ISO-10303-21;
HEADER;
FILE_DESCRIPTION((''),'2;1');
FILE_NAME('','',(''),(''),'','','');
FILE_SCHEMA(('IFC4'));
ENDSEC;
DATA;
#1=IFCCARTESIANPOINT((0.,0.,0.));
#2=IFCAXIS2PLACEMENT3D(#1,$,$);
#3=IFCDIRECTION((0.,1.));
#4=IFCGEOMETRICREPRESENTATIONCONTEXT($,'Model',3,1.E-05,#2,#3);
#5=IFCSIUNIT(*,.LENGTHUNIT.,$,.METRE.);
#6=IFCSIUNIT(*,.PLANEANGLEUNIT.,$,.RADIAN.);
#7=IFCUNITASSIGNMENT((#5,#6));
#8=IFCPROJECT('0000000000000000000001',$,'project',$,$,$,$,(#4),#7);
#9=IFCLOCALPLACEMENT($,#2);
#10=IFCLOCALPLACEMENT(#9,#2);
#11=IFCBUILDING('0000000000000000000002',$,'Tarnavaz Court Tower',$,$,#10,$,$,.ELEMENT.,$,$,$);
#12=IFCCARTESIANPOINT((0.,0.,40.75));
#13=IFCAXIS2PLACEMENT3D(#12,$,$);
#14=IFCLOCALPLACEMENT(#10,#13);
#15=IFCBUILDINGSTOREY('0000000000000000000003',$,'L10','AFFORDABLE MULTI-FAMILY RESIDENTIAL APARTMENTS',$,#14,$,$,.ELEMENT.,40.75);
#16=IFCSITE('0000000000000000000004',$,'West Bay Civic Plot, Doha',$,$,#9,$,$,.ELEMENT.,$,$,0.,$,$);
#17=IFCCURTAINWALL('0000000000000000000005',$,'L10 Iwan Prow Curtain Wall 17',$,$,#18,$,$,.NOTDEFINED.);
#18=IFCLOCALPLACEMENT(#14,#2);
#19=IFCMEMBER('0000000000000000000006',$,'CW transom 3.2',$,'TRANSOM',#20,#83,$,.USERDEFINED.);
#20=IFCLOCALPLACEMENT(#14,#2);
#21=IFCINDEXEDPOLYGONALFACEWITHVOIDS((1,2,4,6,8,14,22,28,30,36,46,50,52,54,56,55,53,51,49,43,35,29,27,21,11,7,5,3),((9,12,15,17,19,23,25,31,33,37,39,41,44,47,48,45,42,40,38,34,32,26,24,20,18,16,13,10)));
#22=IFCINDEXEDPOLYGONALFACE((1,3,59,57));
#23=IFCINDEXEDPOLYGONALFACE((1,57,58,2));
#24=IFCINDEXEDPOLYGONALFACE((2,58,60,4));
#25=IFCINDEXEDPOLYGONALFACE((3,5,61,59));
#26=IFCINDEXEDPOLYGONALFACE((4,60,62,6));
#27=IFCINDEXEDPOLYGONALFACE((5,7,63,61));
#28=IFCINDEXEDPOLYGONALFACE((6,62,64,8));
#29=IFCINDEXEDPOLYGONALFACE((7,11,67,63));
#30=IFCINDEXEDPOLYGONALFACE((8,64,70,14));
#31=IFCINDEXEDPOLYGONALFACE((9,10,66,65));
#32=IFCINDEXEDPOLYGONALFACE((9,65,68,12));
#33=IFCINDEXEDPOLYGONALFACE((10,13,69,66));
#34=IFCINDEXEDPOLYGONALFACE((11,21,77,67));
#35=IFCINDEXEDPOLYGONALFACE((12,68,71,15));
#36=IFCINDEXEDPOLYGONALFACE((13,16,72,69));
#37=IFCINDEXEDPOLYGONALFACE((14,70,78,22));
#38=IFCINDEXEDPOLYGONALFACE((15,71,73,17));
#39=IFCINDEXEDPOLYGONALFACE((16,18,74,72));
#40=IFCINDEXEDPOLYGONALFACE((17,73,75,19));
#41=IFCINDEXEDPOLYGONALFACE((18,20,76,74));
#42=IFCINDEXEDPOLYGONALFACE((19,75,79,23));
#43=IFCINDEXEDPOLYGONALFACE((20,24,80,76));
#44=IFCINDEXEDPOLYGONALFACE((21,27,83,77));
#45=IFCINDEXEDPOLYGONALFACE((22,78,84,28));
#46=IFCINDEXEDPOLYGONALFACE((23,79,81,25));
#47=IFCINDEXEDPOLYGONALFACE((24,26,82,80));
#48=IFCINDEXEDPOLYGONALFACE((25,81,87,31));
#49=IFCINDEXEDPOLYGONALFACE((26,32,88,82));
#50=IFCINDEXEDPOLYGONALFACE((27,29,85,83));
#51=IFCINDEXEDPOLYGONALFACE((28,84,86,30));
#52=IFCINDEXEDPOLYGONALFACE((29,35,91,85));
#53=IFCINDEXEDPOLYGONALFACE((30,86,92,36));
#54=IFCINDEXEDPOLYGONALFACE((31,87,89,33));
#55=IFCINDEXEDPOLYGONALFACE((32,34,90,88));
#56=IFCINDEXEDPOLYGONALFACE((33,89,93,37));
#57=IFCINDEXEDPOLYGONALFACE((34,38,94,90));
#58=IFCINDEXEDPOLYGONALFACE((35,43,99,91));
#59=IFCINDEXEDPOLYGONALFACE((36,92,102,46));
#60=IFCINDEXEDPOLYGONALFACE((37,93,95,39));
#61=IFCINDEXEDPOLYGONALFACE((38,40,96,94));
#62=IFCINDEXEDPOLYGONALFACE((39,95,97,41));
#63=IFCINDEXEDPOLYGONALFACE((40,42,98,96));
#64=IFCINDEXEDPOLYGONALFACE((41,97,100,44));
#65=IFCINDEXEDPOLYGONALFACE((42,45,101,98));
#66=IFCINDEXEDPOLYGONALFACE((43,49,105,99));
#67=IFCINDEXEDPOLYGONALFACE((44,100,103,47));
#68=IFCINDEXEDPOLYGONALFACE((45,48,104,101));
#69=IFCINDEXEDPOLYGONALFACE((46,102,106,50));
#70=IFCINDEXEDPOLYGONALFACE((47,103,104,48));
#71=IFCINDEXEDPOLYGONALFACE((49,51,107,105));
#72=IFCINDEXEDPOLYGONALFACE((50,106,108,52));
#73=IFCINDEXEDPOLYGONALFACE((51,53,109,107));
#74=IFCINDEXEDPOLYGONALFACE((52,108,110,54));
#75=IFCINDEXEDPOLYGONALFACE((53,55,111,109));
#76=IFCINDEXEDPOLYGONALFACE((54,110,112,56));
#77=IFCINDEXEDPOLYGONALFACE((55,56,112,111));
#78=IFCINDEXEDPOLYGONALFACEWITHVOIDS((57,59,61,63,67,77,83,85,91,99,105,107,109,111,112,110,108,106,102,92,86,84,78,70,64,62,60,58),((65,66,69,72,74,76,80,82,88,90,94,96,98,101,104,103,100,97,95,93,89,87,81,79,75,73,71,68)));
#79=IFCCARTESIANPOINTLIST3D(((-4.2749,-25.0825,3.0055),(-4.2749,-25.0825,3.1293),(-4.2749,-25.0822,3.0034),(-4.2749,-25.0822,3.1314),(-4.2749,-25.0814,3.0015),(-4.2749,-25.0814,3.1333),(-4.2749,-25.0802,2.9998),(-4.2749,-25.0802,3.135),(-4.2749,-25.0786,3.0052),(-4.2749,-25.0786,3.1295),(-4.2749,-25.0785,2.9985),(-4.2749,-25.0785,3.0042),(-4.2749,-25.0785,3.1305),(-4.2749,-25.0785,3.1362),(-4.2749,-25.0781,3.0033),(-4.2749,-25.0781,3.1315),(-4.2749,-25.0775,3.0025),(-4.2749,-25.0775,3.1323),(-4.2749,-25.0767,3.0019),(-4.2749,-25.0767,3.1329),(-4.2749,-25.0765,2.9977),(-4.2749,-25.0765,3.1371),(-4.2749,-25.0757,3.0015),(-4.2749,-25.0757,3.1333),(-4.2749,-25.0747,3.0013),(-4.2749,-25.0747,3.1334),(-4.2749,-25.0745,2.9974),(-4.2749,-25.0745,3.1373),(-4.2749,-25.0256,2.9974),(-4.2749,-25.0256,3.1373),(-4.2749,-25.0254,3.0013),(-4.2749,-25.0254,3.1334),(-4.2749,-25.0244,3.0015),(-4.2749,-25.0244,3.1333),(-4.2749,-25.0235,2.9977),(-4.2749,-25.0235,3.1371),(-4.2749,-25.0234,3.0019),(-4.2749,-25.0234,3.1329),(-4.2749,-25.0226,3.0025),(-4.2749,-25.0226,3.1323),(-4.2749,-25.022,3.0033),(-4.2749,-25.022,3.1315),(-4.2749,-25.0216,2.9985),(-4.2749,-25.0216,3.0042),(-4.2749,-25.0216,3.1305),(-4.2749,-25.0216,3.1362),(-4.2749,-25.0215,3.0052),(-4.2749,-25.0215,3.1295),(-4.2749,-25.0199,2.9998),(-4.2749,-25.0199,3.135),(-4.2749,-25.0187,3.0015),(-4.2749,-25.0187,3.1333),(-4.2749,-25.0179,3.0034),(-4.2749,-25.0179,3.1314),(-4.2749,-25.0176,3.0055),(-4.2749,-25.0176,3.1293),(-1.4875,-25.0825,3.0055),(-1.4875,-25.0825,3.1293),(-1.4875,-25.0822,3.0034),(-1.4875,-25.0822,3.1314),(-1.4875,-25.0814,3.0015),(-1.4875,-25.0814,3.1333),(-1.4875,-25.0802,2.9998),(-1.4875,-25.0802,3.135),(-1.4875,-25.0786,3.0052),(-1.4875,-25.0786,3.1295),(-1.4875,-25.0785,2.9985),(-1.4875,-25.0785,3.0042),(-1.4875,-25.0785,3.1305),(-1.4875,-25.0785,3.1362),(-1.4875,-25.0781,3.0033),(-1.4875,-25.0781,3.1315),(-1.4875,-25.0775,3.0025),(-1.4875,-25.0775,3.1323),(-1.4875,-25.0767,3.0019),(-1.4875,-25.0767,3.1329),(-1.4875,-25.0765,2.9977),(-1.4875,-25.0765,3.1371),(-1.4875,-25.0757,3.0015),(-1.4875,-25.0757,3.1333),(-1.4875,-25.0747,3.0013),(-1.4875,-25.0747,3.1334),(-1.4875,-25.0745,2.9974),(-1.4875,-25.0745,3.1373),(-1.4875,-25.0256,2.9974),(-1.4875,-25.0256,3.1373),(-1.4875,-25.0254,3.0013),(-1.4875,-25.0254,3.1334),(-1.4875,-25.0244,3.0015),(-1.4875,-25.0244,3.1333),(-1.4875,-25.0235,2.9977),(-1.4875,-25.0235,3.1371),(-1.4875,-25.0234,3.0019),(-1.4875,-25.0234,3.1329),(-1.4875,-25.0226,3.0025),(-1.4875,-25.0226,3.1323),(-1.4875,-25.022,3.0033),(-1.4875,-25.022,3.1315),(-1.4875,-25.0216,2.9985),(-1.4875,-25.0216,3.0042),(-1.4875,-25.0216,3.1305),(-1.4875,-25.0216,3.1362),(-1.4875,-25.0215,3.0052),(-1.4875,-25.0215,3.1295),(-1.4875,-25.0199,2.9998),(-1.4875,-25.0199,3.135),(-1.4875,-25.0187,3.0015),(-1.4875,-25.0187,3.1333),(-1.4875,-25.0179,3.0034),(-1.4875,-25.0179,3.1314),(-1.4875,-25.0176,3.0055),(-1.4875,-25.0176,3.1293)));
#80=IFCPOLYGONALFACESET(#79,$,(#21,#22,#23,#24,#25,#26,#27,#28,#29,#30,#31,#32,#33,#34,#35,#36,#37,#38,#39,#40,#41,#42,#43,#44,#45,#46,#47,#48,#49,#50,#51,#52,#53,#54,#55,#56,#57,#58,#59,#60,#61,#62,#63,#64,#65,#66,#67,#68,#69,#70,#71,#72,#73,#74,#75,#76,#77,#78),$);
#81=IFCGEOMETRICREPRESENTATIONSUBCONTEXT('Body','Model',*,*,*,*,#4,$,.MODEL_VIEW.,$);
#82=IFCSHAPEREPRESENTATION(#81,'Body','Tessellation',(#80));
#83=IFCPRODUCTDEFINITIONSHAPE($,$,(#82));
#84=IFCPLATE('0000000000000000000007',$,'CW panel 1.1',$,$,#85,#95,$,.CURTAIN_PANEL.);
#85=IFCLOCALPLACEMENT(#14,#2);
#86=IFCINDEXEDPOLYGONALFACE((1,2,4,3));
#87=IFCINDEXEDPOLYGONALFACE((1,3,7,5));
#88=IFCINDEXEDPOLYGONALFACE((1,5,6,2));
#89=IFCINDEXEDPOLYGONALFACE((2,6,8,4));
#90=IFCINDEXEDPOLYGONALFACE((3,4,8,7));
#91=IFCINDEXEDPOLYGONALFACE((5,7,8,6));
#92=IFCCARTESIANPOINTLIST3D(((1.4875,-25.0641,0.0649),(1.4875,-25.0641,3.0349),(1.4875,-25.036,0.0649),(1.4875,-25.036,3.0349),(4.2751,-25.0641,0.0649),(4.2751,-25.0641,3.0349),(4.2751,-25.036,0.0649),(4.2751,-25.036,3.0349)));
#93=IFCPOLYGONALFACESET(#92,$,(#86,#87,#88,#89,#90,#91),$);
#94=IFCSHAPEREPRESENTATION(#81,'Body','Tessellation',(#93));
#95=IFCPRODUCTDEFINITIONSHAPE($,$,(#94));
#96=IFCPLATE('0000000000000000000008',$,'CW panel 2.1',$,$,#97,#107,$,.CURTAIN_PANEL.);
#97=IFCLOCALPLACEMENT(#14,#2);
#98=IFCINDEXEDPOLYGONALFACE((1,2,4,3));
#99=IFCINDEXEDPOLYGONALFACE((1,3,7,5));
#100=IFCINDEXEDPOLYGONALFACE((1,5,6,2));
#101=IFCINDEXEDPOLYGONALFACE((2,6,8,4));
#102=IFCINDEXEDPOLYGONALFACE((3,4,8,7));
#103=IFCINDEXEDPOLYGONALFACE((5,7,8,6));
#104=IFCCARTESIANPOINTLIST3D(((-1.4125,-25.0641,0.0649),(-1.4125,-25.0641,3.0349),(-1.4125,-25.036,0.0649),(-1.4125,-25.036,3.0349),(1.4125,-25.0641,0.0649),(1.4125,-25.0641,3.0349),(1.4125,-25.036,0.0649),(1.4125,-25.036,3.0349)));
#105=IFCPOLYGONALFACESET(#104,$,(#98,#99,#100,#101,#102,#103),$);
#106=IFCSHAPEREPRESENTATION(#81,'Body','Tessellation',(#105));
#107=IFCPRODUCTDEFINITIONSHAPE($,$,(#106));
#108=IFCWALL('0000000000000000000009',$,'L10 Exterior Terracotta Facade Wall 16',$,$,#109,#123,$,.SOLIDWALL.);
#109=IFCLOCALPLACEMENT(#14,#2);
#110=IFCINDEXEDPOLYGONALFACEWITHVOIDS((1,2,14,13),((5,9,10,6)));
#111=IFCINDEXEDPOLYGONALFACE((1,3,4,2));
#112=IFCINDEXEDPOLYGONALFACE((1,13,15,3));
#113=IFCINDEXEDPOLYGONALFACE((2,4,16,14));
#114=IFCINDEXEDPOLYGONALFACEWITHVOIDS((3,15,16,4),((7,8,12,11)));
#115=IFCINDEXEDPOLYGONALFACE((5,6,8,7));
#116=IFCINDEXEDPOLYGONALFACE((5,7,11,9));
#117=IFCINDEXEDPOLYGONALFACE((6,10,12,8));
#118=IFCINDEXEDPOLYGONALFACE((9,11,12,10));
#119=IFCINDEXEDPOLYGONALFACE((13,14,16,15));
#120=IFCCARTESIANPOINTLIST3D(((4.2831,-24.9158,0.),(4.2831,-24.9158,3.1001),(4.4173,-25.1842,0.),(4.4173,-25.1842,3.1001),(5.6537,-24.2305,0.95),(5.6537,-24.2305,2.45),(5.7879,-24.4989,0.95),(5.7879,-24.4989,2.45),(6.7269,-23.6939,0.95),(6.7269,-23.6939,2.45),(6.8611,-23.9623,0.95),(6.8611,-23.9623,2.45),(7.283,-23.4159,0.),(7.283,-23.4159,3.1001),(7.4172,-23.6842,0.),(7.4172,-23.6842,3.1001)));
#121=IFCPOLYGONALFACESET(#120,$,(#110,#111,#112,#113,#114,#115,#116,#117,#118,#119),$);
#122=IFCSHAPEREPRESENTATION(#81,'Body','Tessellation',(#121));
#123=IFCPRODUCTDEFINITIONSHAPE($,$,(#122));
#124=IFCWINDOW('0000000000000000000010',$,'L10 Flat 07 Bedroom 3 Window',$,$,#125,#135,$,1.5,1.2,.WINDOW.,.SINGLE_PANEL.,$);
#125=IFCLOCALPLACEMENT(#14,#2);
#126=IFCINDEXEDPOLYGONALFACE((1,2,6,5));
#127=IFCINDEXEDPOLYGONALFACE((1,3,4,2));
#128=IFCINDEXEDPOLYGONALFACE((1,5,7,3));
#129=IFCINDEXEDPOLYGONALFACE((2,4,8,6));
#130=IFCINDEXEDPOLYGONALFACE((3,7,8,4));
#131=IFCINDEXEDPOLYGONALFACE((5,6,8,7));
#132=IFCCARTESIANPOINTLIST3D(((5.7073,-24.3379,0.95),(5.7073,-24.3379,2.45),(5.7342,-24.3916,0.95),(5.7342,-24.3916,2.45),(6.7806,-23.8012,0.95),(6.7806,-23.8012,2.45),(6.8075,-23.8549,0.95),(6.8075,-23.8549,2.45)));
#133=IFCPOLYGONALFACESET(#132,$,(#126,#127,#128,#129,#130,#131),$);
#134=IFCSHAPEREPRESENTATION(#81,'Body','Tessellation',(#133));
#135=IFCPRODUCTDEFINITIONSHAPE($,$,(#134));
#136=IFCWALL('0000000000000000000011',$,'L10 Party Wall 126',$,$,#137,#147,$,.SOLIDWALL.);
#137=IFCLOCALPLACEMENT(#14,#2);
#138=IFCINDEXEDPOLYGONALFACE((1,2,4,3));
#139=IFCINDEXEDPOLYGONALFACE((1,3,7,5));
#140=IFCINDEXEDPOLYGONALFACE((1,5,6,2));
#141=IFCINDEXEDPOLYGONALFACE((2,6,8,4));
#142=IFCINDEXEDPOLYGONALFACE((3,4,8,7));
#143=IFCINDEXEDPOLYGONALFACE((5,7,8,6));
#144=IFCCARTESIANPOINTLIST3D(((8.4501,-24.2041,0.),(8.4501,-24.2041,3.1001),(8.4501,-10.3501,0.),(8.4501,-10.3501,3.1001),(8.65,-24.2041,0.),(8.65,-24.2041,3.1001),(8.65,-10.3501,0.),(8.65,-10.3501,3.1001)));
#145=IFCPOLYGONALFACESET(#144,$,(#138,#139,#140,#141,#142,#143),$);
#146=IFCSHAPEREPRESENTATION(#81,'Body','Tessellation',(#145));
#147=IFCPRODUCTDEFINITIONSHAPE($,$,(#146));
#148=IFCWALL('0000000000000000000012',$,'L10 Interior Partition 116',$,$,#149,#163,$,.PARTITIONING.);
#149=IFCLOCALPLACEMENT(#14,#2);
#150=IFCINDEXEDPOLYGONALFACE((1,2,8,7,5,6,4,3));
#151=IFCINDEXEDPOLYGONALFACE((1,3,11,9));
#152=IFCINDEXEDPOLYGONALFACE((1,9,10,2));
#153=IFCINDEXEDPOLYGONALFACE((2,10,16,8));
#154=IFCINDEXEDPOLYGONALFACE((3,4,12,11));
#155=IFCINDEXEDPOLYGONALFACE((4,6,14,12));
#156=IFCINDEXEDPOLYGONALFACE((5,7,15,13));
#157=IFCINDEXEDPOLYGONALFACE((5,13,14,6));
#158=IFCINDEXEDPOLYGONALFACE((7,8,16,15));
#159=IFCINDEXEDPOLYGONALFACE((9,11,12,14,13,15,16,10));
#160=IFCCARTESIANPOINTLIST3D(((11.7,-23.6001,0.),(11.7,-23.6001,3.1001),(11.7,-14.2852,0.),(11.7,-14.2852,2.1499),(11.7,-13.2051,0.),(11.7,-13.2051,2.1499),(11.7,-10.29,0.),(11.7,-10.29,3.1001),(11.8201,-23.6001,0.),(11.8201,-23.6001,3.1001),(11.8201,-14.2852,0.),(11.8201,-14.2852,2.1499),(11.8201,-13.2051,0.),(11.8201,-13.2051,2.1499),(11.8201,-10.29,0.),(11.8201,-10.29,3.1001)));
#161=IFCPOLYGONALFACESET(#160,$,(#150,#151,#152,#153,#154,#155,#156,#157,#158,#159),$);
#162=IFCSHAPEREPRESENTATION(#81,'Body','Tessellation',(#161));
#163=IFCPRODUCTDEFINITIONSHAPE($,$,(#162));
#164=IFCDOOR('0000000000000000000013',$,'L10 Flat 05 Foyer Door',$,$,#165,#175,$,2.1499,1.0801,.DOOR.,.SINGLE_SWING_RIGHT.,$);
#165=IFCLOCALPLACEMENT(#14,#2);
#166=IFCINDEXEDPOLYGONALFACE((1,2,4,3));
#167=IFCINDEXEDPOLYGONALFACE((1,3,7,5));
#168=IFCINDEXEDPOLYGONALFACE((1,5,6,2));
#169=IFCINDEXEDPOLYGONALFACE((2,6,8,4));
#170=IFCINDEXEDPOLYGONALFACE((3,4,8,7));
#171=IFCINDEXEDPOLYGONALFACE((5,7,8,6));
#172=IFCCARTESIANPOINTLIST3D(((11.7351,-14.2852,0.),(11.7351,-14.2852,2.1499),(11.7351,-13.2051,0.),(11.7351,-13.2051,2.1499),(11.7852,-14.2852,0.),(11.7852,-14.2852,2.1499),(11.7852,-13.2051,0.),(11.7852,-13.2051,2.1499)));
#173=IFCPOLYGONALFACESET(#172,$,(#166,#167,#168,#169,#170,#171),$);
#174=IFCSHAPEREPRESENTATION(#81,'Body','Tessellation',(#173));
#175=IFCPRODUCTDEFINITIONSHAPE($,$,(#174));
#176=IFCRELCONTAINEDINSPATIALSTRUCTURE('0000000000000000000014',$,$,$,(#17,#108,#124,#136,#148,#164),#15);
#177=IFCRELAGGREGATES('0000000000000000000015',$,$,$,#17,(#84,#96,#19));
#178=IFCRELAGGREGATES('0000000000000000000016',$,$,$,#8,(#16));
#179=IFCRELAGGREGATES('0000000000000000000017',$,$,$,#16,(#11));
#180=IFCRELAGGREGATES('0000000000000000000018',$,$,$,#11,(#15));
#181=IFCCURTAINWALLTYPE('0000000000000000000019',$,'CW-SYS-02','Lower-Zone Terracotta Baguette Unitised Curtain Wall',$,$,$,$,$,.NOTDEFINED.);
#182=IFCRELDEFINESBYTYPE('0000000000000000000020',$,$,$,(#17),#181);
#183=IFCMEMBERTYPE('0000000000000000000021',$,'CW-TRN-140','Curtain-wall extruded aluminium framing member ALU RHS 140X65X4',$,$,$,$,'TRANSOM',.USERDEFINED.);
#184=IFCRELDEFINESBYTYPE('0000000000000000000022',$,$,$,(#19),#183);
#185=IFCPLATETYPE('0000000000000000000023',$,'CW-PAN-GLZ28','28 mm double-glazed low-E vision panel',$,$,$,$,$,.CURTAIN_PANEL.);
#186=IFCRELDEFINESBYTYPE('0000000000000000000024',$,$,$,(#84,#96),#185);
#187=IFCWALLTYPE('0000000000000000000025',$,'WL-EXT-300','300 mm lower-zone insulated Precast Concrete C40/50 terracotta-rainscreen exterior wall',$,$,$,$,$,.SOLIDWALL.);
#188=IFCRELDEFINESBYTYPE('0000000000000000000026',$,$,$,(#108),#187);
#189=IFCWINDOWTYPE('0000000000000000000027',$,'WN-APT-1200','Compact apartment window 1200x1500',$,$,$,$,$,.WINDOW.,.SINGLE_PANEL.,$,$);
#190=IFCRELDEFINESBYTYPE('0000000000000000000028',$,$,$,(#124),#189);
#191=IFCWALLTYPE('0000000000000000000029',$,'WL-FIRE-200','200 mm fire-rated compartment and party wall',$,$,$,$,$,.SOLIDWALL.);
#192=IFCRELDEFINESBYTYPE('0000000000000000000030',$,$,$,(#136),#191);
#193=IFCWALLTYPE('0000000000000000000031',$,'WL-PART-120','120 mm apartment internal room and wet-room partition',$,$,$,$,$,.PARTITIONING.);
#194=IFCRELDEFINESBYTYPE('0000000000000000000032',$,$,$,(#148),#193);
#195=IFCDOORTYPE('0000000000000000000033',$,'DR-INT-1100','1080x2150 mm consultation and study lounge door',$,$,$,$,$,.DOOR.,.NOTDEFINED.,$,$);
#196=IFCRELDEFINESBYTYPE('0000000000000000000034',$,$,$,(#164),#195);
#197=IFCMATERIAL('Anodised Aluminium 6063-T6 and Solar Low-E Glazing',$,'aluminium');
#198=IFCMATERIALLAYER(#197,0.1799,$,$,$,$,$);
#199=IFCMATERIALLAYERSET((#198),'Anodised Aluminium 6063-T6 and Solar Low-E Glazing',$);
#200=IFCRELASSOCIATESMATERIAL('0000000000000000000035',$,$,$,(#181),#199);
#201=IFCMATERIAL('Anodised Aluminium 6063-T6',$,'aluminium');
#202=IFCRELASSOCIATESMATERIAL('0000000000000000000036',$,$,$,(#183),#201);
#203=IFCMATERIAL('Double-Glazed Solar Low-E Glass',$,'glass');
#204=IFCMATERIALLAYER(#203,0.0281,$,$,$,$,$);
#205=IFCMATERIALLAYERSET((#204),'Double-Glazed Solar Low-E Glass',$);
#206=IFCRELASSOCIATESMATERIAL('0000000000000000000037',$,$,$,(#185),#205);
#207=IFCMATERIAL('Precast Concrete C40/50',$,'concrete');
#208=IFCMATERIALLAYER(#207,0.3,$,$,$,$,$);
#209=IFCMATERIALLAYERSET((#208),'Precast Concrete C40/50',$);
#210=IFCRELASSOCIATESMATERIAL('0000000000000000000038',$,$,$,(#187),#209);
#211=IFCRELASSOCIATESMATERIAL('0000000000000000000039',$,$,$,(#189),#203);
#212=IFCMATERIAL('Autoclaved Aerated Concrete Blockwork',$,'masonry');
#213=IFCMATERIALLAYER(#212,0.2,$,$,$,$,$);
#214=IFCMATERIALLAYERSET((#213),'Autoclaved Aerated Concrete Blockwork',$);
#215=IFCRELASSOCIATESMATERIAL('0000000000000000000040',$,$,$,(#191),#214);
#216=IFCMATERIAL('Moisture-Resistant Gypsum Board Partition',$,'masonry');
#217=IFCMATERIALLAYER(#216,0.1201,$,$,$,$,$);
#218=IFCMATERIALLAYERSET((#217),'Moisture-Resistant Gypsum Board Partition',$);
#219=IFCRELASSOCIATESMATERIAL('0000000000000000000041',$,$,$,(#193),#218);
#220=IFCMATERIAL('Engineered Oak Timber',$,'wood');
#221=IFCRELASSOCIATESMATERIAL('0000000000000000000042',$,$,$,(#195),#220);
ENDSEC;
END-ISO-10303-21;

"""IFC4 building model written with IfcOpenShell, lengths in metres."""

from ifc_helpers import new_model, si_unit, direction, frame, frame_2d, origin, origin_2d, place, context, subcontext, project, spatial, rectangle, hollow_rectangle, extrude, material, layer, layer_set, material_profile, profile_set, type_object, element, fill, aggregate, save


model = new_model("IFC4")

# Units and contexts
model_context = context("Model", 3, precision=1e-05, world=origin(), true_north=direction((0.0, 1.0)))
body_context = subcontext(model_context, "Body", "Model", "MODEL_VIEW")
ifc_project = project(units=[si_unit("LENGTHUNIT", "METRE"), si_unit("PLANEANGLEUNIT", "RADIAN")], contexts=[model_context])

# Site, building, storey
site_placement = place(None, origin())
site = spatial("IfcSite", under=ifc_project, at=site_placement, Name="West Bay Civic Plot, Doha", CompositionType="ELEMENT", RefElevation=0.0)
building_placement = place(site_placement, origin())
building = spatial("IfcBuilding", under=site, at=building_placement, Name="Tarnavaz Court Tower", CompositionType="ELEMENT")
storey_placement = place(building_placement, frame((0.0, 0.0, 40.75)))
storey = spatial("IfcBuildingStorey", under=building, at=storey_placement, Name="L10", Description="AFFORDABLE MULTI-FAMILY RESIDENTIAL APARTMENTS", CompositionType="ELEMENT", Elevation=40.75)

# Curtain wall, member, plates
ifc_material_1 = material(Name="Anodised Aluminium 6063-T6 and Solar Low-E Glazing", Category="aluminium")
ifc_layer_1 = layer(ifc_material_1, 0.1799)
ifc_layer_set_1 = layer_set([ifc_layer_1], Name="Anodised Aluminium 6063-T6 and Solar Low-E Glazing")
curtain_wall_type = type_object("IfcCurtainWallType", Name="CW-SYS-02", Description="Lower-Zone Terracotta Baguette Unitised Curtain Wall", PredefinedType="NOTDEFINED", material=ifc_layer_set_1)
curtain_wall_placement = place(storey_placement, origin())
curtain_wall = element("IfcCurtainWall", 1, at=curtain_wall_placement, inside=storey, type_object=curtain_wall_type, Name="L10 Iwan Prow Curtain Wall 17", PredefinedType="NOTDEFINED")
ifc_material_2 = material(Name="Anodised Aluminium 6063-T6", Category="aluminium")
ifc_material_profile_1 = material_profile(ifc_material_2, hollow_rectangle(XDim=0.0649, YDim=0.1399, WallThickness=0.0039, InnerFilletRadius=0.0039, OuterFilletRadius=0.0081, at=origin_2d()), Name="ALU RHS 140X65X4")
ifc_profile_set_1 = profile_set([ifc_material_profile_1], Name="Anodised Aluminium 6063-T6")
member_type_1 = type_object("IfcMemberType", Name="CW-TRN-140", Description="Curtain-wall extruded aluminium framing member ALU RHS 140X65X4", ElementType="TRANSOM", PredefinedType="USERDEFINED", material=ifc_profile_set_1)
member_1_placement = place(storey_placement, frame((-1.4875, -25.05, 3.0674), z_axis=(-1.0, 0.0, 0.0), x_axis=(0.0, -1.0, 0.0)))
member_1 = element("IfcMember", 2, at=member_1_placement, type_object=member_type_1, Name="CW transom 3.2", ObjectType="TRANSOM", PredefinedType="USERDEFINED", context=body_context, shape_type="SweptSolid", body=[
    extrude(hollow_rectangle(XDim=0.0649, YDim=0.1399, WallThickness=0.0039, InnerFilletRadius=0.0039, OuterFilletRadius=0.0081, at=origin_2d()), origin(), (0.0, 0.0, 1.0), 2.7874),
])
ifc_material_3 = material(Name="Double-Glazed Solar Low-E Glass", Category="glass")
ifc_layer_2 = layer(ifc_material_3, 0.0281)
ifc_layer_set_2 = layer_set([ifc_layer_2], Name="Double-Glazed Solar Low-E Glass")
plate_type = type_object("IfcPlateType", Name="CW-PAN-GLZ28", Description="28 mm double-glazed low-E vision panel", PredefinedType="CURTAIN_PANEL", material=ifc_layer_set_2)
plate_1_placement = place(storey_placement, frame((2.8813, -25.05, 0.0649), z_axis=(0.0, 0.0, 1.0), x_axis=(-1.0, 0.0, 0.0)))
plate_1 = element("IfcPlate", 3, at=plate_1_placement, type_object=plate_type, Name="CW panel 1.1", PredefinedType="CURTAIN_PANEL", context=body_context, shape_type="SweptSolid", body=[
    extrude(rectangle(XDim=2.7876, YDim=0.0281, at=origin_2d()), origin(), (0.0, 0.0, 1.0), 2.97),
])
plate_2_placement = place(storey_placement, frame((0.0, -25.05, 0.0649), z_axis=(0.0, 0.0, 1.0), x_axis=(-1.0, 0.0, 0.0)))
plate_2 = element("IfcPlate", 4, at=plate_2_placement, type_object=plate_type, Name="CW panel 2.1", PredefinedType="CURTAIN_PANEL", context=body_context, shape_type="SweptSolid", body=[
    extrude(rectangle(XDim=2.825, YDim=0.0281, at=origin_2d()), origin(), (0.0, 0.0, 1.0), 2.97),
])
aggregate(curtain_wall, [plate_1, plate_2, member_1])

# Wall, opening, window
ifc_material_4 = material(Name="Precast Concrete C40/50", Category="concrete")
ifc_layer_3 = layer(ifc_material_4, 0.3)
ifc_layer_set_3 = layer_set([ifc_layer_3], Name="Precast Concrete C40/50")
wall_type_1 = type_object("IfcWallType", Name="WL-EXT-300", Description="300 mm lower-zone insulated Precast Concrete C40/50 terracotta-rainscreen exterior wall", PredefinedType="SOLIDWALL", material=ifc_layer_set_3)
wall_1_placement = place(storey_placement, frame((7.3501, -23.55, 0.0), z_axis=(0.0, 0.0, 1.0), x_axis=(-0.894427, -0.447214, 0.0)))
wall_1 = element("IfcWall", 5, at=wall_1_placement, inside=storey, type_object=wall_type_1, Name="L10 Exterior Terracotta Facade Wall 16", PredefinedType="SOLIDWALL", context=body_context, shape_type="SweptSolid", body=[
    extrude(rectangle(XDim=3.354, YDim=0.3, at=frame_2d((1.677, 0.0))), origin(), (0.0, 0.0, 1.0), 3.1001),
])
opening_1_placement = place(wall_1_placement, frame((0.6216, 0.0, 0.95)))
opening_1 = element("IfcOpeningElement", 6, at=opening_1_placement, cuts=wall_1, PredefinedType="OPENING", context=body_context, shape_type="SweptSolid", body=[
    extrude(rectangle(XDim=1.2, YDim=1.5, at=frame_2d((0.6001, 0.75))), frame((0.0, 0.1599, 0.0), z_axis=(0.0, -1.0, 0.0), x_axis=(1.0, 0.0, 0.0)), (0.0, 0.0, 1.0), 0.3201),
])
window_type = type_object("IfcWindowType", Name="WN-APT-1200", Description="Compact apartment window 1200x1500", PartitioningType="SINGLE_PANEL", PredefinedType="WINDOW", material=ifc_material_3)
window_placement = place(opening_1_placement, origin())
window = element("IfcWindow", 7, at=window_placement, inside=storey, type_object=window_type, Name="L10 Flat 07 Bedroom 3 Window", OverallHeight=1.5, OverallWidth=1.2, PartitioningType="SINGLE_PANEL", PredefinedType="WINDOW", context=body_context, shape_type="SweptSolid", body=[
    extrude(rectangle(XDim=1.2, YDim=1.5, at=frame_2d((0.6001, 0.75))), frame((0.0, 0.03, 0.0), z_axis=(0.0, -1.0, 0.0), x_axis=(1.0, 0.0, 0.0)), (0.0, 0.0, 1.0), 0.0601),
])
fill(opening_1, window)

# Wall
ifc_material_5 = material(Name="Autoclaved Aerated Concrete Blockwork", Category="masonry")
ifc_layer_4 = layer(ifc_material_5, 0.2)
ifc_layer_set_4 = layer_set([ifc_layer_4], Name="Autoclaved Aerated Concrete Blockwork")
wall_type_2 = type_object("IfcWallType", Name="WL-FIRE-200", Description="200 mm fire-rated compartment and party wall", PredefinedType="SOLIDWALL", material=ifc_layer_set_4)
wall_2_placement = place(storey_placement, frame((8.55, -24.2041, 0.0), z_axis=(0.0, 0.0, 1.0), x_axis=(0.0, 1.0, 0.0)))
element("IfcWall", 8, at=wall_2_placement, inside=storey, type_object=wall_type_2, Name="L10 Party Wall 126", PredefinedType="SOLIDWALL", context=body_context, shape_type="SweptSolid", body=[
    extrude(rectangle(XDim=13.854, YDim=0.2, at=frame_2d((6.927, 0.0))), origin(), (0.0, 0.0, 1.0), 3.1001),
])

# Wall, opening, door
ifc_material_6 = material(Name="Moisture-Resistant Gypsum Board Partition", Category="masonry")
ifc_layer_5 = layer(ifc_material_6, 0.1201)
ifc_layer_set_5 = layer_set([ifc_layer_5], Name="Moisture-Resistant Gypsum Board Partition")
wall_type_3 = type_object("IfcWallType", Name="WL-PART-120", Description="120 mm apartment internal room and wet-room partition", PredefinedType="PARTITIONING", material=ifc_layer_set_5)
wall_3_placement = place(storey_placement, frame((11.76, -23.6001, 0.0), z_axis=(0.0, 0.0, 1.0), x_axis=(0.0, 1.0, 0.0)))
wall_3 = element("IfcWall", 9, at=wall_3_placement, inside=storey, type_object=wall_type_3, Name="L10 Interior Partition 116", PredefinedType="PARTITIONING", context=body_context, shape_type="SweptSolid", body=[
    extrude(rectangle(XDim=13.3101, YDim=0.1201, at=frame_2d((6.655, 0.0))), origin(), (0.0, 0.0, 1.0), 3.1001),
])
opening_2_placement = place(wall_3_placement, frame((9.3149, 0.0, 0.0)))
opening_2 = element("IfcOpeningElement", 10, at=opening_2_placement, cuts=wall_3, PredefinedType="OPENING", context=body_context, shape_type="SweptSolid", body=[
    extrude(rectangle(XDim=1.0801, YDim=2.1499, at=frame_2d((0.54, 1.075))), frame((0.0, 0.0701, 0.0), z_axis=(0.0, -1.0, 0.0), x_axis=(1.0, 0.0, 0.0)), (0.0, 0.0, 1.0), 0.1401),
])
ifc_material_7 = material(Name="Engineered Oak Timber", Category="wood")
door_type = type_object("IfcDoorType", Name="DR-INT-1100", Description="1080x2150 mm consultation and study lounge door", OperationType="NOTDEFINED", PredefinedType="DOOR", material=ifc_material_7)
door_placement = place(opening_2_placement, origin())
door = element("IfcDoor", 11, at=door_placement, inside=storey, type_object=door_type, Name="L10 Flat 05 Foyer Door", OperationType="SINGLE_SWING_RIGHT", OverallHeight=2.1499, OverallWidth=1.0801, PredefinedType="DOOR", context=body_context, shape_type="SweptSolid", body=[
    extrude(rectangle(XDim=1.0801, YDim=2.1499, at=frame_2d((0.54, 1.075))), frame((0.0, 0.0249, 0.0), z_axis=(0.0, -1.0, 0.0), x_axis=(1.0, 0.0, 0.0)), (0.0, 0.0, 1.0), 0.05),
])
fill(opening_2, door)

save(model, "model.ifc")
